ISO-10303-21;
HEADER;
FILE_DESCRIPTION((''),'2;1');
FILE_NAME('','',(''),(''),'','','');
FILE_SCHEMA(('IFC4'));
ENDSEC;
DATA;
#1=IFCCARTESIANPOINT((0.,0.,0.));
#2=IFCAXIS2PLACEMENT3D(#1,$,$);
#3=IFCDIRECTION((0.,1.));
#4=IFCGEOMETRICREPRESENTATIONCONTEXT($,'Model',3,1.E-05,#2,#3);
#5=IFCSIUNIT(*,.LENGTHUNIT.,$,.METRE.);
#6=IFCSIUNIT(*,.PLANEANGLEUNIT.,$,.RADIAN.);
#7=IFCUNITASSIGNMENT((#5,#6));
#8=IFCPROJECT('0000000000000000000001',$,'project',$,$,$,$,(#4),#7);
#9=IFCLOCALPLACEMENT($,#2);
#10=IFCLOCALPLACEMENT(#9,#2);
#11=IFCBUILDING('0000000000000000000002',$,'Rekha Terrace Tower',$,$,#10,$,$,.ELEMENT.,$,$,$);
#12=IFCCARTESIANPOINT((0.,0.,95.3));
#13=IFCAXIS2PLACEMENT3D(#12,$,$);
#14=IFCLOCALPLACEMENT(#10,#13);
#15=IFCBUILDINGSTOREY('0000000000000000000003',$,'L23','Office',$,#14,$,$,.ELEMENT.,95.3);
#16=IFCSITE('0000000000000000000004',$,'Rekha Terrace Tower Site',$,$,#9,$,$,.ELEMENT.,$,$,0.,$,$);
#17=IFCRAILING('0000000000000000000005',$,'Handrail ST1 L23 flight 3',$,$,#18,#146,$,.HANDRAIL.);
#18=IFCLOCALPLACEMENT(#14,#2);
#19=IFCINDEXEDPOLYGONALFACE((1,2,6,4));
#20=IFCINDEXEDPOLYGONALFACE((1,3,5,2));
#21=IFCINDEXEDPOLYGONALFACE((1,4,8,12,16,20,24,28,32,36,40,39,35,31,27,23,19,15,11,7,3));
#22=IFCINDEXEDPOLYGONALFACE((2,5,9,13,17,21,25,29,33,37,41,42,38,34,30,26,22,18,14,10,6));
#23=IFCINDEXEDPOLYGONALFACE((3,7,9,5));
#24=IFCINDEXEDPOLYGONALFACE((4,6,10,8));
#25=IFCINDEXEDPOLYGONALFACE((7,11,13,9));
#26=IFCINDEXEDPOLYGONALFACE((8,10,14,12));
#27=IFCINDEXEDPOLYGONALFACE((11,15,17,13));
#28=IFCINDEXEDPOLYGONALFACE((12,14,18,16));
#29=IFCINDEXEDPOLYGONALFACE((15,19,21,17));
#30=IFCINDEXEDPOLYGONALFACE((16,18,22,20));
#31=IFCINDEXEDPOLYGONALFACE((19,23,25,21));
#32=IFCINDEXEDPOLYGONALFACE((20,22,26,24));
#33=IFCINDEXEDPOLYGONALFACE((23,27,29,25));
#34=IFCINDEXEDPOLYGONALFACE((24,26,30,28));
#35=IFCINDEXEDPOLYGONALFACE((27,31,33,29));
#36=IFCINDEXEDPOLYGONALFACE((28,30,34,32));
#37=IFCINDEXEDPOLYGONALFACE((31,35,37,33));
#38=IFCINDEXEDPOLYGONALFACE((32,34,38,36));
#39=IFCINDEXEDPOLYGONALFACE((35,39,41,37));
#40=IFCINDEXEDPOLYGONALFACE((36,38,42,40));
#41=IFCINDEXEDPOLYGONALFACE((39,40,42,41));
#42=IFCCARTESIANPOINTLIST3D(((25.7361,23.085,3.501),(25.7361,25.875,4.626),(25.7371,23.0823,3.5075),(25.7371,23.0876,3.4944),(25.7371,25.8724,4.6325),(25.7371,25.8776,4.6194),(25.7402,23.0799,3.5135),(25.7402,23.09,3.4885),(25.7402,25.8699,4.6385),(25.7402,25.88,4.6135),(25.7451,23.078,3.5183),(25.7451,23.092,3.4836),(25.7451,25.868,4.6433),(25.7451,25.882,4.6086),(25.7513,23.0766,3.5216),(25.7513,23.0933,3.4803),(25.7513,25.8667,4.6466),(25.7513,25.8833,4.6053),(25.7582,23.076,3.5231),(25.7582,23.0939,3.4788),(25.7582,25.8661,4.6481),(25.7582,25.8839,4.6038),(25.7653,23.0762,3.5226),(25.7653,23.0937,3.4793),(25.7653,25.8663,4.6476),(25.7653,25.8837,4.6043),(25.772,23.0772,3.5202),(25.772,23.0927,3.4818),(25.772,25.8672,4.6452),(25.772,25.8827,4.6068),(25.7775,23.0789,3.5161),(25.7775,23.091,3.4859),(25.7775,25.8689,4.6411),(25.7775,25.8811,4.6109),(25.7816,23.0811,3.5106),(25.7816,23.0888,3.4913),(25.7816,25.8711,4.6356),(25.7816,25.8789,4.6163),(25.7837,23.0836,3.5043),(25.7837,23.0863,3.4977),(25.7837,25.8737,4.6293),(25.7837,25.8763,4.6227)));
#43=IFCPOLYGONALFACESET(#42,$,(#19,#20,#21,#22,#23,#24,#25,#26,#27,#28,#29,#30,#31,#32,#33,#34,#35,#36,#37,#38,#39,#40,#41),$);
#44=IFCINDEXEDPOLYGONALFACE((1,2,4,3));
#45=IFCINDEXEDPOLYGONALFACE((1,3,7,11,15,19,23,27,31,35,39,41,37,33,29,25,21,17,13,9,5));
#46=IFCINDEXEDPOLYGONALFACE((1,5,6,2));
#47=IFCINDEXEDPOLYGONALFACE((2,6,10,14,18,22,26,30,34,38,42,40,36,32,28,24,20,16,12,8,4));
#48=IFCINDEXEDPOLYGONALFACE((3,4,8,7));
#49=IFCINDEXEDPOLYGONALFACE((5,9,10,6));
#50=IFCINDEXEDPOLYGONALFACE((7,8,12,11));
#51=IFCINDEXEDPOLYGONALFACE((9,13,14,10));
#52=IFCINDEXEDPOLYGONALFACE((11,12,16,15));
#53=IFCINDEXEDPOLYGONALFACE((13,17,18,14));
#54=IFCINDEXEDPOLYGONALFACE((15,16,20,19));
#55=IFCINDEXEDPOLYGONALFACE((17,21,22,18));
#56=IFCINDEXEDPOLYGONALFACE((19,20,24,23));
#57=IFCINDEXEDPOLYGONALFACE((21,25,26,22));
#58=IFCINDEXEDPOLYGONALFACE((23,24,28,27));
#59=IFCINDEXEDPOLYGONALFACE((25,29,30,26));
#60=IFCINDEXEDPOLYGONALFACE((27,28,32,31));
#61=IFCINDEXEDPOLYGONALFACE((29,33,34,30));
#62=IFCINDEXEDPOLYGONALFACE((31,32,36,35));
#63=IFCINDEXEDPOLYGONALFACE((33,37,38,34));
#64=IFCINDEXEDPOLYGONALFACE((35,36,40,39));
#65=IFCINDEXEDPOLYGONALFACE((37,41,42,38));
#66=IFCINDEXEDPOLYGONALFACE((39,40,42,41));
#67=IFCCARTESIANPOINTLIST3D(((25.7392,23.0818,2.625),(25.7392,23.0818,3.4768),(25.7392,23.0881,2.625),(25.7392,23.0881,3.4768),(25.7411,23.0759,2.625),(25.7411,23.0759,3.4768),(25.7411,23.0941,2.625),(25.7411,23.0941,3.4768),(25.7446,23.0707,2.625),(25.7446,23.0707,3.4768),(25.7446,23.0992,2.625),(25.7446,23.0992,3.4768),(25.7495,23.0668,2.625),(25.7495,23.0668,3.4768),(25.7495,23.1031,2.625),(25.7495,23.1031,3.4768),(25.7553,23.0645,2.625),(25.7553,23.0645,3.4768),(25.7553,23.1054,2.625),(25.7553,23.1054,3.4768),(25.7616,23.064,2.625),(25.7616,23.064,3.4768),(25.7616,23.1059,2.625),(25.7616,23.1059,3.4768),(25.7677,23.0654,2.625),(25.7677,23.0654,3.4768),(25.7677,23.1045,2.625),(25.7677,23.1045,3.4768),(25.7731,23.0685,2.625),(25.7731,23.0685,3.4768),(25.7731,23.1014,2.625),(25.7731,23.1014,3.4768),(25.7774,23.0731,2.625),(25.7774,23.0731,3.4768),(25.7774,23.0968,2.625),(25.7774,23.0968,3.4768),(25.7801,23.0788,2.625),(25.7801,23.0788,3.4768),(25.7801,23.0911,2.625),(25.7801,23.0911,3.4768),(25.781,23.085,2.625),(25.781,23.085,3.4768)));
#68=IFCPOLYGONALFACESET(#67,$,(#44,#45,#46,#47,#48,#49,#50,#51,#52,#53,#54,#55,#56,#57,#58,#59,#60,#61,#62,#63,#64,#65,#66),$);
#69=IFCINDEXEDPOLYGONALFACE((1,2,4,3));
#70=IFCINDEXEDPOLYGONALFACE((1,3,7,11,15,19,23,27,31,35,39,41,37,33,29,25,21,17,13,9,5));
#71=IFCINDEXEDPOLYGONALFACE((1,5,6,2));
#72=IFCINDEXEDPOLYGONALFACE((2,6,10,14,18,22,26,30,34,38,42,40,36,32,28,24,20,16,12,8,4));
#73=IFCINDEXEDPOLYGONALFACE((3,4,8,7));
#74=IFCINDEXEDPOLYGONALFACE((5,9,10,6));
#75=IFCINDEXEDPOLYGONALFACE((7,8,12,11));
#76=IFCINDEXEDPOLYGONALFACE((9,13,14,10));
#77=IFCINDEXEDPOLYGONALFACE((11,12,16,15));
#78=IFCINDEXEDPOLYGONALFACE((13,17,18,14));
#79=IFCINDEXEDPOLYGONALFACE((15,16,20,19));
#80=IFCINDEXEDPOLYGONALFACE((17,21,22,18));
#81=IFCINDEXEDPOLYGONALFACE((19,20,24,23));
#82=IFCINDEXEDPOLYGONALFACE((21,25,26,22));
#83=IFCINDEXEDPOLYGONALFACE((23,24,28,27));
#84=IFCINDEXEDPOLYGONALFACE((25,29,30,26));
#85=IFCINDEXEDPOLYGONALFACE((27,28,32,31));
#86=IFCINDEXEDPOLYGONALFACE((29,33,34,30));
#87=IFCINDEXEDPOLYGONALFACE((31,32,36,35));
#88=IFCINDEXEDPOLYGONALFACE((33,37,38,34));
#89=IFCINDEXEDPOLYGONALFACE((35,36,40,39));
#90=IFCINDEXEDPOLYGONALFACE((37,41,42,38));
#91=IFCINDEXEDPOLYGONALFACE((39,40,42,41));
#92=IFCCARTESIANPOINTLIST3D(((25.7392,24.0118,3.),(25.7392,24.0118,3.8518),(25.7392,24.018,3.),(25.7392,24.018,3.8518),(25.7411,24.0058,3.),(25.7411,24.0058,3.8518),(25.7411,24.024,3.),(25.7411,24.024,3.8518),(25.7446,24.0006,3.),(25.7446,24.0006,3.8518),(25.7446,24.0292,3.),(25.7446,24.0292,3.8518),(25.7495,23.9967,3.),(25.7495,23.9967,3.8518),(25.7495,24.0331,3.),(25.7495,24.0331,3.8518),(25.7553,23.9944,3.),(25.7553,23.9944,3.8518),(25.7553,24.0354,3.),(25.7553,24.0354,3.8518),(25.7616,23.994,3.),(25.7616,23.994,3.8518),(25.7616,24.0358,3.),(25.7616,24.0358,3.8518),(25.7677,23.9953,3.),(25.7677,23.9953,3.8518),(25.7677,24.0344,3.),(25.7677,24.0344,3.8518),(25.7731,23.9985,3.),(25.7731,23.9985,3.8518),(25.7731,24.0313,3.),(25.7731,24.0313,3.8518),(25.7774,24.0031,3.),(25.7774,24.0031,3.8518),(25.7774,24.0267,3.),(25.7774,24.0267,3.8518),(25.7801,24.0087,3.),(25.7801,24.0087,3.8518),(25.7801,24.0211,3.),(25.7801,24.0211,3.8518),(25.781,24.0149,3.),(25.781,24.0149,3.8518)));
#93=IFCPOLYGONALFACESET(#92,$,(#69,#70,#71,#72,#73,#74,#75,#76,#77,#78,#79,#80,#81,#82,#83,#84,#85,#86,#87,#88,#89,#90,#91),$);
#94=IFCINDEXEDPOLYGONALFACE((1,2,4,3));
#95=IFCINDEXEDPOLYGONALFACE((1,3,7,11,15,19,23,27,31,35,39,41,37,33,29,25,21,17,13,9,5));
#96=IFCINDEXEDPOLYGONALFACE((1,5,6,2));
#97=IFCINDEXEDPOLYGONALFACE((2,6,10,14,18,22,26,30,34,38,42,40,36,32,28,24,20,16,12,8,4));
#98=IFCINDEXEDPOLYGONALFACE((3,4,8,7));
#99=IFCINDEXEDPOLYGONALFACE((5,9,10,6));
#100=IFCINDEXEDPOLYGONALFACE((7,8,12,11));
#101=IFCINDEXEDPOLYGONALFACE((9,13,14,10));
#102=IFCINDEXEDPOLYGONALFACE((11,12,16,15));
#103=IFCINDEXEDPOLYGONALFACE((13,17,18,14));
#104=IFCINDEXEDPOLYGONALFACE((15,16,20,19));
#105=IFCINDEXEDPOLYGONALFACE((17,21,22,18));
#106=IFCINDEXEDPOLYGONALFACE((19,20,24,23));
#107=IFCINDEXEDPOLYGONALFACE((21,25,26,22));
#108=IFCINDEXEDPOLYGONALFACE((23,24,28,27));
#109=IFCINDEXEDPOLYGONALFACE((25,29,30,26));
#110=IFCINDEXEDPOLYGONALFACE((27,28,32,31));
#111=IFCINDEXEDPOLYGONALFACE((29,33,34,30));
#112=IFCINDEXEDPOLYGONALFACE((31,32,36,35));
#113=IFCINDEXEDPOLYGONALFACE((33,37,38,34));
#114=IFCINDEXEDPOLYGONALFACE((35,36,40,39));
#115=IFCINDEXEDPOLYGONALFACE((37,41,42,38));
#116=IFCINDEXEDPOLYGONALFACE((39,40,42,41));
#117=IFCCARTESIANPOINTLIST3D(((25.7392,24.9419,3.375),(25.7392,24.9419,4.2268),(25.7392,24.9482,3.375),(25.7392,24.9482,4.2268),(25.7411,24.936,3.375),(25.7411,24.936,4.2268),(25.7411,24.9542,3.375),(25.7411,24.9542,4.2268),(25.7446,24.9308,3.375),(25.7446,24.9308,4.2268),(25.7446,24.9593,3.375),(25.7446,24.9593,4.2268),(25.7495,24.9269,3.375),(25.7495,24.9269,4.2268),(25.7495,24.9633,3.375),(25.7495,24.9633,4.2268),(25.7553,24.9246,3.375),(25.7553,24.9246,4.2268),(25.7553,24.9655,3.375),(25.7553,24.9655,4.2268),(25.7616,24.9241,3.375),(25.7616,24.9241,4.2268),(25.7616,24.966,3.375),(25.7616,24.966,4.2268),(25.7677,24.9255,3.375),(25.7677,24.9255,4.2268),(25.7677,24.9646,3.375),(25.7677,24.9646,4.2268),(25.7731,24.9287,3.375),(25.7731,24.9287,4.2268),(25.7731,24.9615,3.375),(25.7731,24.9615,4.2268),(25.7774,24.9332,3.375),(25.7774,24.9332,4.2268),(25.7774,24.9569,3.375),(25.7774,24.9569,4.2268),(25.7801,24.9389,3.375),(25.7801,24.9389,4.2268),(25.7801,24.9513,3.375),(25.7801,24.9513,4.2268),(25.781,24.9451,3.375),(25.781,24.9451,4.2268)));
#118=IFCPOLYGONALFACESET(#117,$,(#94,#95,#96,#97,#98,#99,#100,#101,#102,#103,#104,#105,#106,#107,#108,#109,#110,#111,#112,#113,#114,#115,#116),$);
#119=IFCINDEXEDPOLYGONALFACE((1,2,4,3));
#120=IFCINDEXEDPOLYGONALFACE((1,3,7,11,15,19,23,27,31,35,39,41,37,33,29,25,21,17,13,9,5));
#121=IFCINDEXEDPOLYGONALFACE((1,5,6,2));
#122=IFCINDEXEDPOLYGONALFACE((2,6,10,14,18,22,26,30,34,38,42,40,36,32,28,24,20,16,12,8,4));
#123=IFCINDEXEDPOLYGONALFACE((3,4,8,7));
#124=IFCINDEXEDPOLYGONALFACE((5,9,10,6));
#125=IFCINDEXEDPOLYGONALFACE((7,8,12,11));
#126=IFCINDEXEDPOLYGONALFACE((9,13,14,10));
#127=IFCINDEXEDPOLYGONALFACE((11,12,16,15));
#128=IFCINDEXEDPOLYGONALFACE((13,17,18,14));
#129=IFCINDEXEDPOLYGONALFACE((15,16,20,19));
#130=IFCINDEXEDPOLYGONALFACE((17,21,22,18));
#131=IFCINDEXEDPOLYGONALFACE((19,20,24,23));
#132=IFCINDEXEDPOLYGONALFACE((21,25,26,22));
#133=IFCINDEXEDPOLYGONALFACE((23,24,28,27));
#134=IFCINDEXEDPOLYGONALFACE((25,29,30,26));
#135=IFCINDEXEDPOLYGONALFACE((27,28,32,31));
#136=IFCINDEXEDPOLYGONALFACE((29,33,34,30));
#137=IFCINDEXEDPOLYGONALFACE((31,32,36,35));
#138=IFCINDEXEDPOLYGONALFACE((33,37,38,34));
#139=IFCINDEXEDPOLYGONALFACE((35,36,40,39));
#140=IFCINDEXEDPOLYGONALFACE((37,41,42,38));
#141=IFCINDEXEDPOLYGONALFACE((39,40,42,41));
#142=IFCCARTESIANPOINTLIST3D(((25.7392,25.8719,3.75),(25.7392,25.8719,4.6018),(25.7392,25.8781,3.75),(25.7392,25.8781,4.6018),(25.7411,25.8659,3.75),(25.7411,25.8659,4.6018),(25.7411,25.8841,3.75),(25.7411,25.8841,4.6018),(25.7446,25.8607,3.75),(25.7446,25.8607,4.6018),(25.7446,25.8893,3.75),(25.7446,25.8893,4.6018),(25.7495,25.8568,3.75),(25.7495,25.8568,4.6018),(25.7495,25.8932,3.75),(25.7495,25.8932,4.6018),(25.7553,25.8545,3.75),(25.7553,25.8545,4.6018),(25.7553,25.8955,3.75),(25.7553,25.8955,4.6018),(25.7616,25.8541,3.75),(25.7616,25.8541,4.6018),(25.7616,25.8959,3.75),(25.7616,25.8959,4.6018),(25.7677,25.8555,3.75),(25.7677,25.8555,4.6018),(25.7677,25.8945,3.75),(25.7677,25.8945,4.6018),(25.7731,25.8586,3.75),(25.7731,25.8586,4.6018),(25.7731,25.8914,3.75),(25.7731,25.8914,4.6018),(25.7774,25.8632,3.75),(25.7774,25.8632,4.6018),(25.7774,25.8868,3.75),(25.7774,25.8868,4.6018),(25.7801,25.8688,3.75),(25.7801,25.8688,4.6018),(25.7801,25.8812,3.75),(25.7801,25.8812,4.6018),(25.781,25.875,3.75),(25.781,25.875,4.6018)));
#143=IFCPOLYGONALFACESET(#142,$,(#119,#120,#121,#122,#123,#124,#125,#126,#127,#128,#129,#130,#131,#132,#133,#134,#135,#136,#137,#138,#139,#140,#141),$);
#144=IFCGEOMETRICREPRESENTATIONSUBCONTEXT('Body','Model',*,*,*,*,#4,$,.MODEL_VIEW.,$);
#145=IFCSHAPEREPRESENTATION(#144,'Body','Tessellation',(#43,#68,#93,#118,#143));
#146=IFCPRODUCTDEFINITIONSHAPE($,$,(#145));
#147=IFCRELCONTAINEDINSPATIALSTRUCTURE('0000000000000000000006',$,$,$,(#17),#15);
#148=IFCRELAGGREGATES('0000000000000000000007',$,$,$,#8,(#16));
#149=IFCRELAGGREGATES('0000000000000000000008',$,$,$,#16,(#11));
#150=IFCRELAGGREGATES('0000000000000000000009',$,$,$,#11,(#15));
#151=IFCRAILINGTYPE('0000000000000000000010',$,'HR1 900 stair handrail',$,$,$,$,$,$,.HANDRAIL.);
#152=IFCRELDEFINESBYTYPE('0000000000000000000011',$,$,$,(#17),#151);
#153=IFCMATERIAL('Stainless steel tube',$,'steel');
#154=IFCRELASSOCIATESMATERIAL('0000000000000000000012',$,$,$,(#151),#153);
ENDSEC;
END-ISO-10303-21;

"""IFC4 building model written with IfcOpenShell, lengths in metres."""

from ifc_helpers import new_model, si_unit, direction, frame, origin, origin_2d, place, context, subcontext, project, spatial, circle, extrude, material, type_object, element, save


model = new_model("IFC4")

# Units and contexts
model_context = context("Model", 3, precision=1e-05, world=origin(), true_north=direction((0.0, 1.0)))
body_context = subcontext(model_context, "Body", "Model", "MODEL_VIEW")
ifc_project = project(units=[si_unit("LENGTHUNIT", "METRE"), si_unit("PLANEANGLEUNIT", "RADIAN")], contexts=[model_context])

# Site, building, storey
site_placement = place(None, origin())
site = spatial("IfcSite", under=ifc_project, at=site_placement, Name="Rekha Terrace Tower Site", CompositionType="ELEMENT", RefElevation=0.0)
building_placement = place(site_placement, origin())
building = spatial("IfcBuilding", under=site, at=building_placement, Name="Rekha Terrace Tower", CompositionType="ELEMENT")
storey_placement = place(building_placement, frame((0.0, 0.0, 95.3)))
storey = spatial("IfcBuildingStorey", under=building, at=storey_placement, Name="L23", Description="Office", CompositionType="ELEMENT", Elevation=95.3)

# Railing
ifc_material_1 = material(Name="Stainless steel tube", Category="steel")
railing_type_1 = type_object("IfcRailingType", Name="HR1 900 stair handrail", PredefinedType="HANDRAIL", material=ifc_material_1)
railing_1_placement = place(storey_placement, frame((25.76, 23.085, 2.625)))
element("IfcRailing", 1, at=railing_1_placement, inside=storey, type_object=railing_type_1, Name="Handrail ST1 L23 flight 3", PredefinedType="HANDRAIL", context=body_context, shape_type="SweptSolid", body=[
    extrude(circle(Radius=0.0239, at=origin_2d()), frame((0.0, 0.0, 0.876), z_axis=(0.0, 0.927443, 0.373964), x_axis=(-1.0, 0.0, 0.0)), (0.0, 0.0, 1.0), 3.0083),
    extrude(circle(Radius=0.021, at=origin_2d()), origin(), (0.0, 0.0, 1.0), 0.8518),
    extrude(circle(Radius=0.021, at=origin_2d()), frame((0.0, 0.9299, 0.375)), (0.0, 0.0, 1.0), 0.8518),
    extrude(circle(Radius=0.021, at=origin_2d()), frame((0.0, 1.8601, 0.75)), (0.0, 0.0, 1.0), 0.8518),
    extrude(circle(Radius=0.021, at=origin_2d()), frame((0.0, 2.79, 1.125)), (0.0, 0.0, 1.0), 0.8518),
])

save(model, "model.ifc")
